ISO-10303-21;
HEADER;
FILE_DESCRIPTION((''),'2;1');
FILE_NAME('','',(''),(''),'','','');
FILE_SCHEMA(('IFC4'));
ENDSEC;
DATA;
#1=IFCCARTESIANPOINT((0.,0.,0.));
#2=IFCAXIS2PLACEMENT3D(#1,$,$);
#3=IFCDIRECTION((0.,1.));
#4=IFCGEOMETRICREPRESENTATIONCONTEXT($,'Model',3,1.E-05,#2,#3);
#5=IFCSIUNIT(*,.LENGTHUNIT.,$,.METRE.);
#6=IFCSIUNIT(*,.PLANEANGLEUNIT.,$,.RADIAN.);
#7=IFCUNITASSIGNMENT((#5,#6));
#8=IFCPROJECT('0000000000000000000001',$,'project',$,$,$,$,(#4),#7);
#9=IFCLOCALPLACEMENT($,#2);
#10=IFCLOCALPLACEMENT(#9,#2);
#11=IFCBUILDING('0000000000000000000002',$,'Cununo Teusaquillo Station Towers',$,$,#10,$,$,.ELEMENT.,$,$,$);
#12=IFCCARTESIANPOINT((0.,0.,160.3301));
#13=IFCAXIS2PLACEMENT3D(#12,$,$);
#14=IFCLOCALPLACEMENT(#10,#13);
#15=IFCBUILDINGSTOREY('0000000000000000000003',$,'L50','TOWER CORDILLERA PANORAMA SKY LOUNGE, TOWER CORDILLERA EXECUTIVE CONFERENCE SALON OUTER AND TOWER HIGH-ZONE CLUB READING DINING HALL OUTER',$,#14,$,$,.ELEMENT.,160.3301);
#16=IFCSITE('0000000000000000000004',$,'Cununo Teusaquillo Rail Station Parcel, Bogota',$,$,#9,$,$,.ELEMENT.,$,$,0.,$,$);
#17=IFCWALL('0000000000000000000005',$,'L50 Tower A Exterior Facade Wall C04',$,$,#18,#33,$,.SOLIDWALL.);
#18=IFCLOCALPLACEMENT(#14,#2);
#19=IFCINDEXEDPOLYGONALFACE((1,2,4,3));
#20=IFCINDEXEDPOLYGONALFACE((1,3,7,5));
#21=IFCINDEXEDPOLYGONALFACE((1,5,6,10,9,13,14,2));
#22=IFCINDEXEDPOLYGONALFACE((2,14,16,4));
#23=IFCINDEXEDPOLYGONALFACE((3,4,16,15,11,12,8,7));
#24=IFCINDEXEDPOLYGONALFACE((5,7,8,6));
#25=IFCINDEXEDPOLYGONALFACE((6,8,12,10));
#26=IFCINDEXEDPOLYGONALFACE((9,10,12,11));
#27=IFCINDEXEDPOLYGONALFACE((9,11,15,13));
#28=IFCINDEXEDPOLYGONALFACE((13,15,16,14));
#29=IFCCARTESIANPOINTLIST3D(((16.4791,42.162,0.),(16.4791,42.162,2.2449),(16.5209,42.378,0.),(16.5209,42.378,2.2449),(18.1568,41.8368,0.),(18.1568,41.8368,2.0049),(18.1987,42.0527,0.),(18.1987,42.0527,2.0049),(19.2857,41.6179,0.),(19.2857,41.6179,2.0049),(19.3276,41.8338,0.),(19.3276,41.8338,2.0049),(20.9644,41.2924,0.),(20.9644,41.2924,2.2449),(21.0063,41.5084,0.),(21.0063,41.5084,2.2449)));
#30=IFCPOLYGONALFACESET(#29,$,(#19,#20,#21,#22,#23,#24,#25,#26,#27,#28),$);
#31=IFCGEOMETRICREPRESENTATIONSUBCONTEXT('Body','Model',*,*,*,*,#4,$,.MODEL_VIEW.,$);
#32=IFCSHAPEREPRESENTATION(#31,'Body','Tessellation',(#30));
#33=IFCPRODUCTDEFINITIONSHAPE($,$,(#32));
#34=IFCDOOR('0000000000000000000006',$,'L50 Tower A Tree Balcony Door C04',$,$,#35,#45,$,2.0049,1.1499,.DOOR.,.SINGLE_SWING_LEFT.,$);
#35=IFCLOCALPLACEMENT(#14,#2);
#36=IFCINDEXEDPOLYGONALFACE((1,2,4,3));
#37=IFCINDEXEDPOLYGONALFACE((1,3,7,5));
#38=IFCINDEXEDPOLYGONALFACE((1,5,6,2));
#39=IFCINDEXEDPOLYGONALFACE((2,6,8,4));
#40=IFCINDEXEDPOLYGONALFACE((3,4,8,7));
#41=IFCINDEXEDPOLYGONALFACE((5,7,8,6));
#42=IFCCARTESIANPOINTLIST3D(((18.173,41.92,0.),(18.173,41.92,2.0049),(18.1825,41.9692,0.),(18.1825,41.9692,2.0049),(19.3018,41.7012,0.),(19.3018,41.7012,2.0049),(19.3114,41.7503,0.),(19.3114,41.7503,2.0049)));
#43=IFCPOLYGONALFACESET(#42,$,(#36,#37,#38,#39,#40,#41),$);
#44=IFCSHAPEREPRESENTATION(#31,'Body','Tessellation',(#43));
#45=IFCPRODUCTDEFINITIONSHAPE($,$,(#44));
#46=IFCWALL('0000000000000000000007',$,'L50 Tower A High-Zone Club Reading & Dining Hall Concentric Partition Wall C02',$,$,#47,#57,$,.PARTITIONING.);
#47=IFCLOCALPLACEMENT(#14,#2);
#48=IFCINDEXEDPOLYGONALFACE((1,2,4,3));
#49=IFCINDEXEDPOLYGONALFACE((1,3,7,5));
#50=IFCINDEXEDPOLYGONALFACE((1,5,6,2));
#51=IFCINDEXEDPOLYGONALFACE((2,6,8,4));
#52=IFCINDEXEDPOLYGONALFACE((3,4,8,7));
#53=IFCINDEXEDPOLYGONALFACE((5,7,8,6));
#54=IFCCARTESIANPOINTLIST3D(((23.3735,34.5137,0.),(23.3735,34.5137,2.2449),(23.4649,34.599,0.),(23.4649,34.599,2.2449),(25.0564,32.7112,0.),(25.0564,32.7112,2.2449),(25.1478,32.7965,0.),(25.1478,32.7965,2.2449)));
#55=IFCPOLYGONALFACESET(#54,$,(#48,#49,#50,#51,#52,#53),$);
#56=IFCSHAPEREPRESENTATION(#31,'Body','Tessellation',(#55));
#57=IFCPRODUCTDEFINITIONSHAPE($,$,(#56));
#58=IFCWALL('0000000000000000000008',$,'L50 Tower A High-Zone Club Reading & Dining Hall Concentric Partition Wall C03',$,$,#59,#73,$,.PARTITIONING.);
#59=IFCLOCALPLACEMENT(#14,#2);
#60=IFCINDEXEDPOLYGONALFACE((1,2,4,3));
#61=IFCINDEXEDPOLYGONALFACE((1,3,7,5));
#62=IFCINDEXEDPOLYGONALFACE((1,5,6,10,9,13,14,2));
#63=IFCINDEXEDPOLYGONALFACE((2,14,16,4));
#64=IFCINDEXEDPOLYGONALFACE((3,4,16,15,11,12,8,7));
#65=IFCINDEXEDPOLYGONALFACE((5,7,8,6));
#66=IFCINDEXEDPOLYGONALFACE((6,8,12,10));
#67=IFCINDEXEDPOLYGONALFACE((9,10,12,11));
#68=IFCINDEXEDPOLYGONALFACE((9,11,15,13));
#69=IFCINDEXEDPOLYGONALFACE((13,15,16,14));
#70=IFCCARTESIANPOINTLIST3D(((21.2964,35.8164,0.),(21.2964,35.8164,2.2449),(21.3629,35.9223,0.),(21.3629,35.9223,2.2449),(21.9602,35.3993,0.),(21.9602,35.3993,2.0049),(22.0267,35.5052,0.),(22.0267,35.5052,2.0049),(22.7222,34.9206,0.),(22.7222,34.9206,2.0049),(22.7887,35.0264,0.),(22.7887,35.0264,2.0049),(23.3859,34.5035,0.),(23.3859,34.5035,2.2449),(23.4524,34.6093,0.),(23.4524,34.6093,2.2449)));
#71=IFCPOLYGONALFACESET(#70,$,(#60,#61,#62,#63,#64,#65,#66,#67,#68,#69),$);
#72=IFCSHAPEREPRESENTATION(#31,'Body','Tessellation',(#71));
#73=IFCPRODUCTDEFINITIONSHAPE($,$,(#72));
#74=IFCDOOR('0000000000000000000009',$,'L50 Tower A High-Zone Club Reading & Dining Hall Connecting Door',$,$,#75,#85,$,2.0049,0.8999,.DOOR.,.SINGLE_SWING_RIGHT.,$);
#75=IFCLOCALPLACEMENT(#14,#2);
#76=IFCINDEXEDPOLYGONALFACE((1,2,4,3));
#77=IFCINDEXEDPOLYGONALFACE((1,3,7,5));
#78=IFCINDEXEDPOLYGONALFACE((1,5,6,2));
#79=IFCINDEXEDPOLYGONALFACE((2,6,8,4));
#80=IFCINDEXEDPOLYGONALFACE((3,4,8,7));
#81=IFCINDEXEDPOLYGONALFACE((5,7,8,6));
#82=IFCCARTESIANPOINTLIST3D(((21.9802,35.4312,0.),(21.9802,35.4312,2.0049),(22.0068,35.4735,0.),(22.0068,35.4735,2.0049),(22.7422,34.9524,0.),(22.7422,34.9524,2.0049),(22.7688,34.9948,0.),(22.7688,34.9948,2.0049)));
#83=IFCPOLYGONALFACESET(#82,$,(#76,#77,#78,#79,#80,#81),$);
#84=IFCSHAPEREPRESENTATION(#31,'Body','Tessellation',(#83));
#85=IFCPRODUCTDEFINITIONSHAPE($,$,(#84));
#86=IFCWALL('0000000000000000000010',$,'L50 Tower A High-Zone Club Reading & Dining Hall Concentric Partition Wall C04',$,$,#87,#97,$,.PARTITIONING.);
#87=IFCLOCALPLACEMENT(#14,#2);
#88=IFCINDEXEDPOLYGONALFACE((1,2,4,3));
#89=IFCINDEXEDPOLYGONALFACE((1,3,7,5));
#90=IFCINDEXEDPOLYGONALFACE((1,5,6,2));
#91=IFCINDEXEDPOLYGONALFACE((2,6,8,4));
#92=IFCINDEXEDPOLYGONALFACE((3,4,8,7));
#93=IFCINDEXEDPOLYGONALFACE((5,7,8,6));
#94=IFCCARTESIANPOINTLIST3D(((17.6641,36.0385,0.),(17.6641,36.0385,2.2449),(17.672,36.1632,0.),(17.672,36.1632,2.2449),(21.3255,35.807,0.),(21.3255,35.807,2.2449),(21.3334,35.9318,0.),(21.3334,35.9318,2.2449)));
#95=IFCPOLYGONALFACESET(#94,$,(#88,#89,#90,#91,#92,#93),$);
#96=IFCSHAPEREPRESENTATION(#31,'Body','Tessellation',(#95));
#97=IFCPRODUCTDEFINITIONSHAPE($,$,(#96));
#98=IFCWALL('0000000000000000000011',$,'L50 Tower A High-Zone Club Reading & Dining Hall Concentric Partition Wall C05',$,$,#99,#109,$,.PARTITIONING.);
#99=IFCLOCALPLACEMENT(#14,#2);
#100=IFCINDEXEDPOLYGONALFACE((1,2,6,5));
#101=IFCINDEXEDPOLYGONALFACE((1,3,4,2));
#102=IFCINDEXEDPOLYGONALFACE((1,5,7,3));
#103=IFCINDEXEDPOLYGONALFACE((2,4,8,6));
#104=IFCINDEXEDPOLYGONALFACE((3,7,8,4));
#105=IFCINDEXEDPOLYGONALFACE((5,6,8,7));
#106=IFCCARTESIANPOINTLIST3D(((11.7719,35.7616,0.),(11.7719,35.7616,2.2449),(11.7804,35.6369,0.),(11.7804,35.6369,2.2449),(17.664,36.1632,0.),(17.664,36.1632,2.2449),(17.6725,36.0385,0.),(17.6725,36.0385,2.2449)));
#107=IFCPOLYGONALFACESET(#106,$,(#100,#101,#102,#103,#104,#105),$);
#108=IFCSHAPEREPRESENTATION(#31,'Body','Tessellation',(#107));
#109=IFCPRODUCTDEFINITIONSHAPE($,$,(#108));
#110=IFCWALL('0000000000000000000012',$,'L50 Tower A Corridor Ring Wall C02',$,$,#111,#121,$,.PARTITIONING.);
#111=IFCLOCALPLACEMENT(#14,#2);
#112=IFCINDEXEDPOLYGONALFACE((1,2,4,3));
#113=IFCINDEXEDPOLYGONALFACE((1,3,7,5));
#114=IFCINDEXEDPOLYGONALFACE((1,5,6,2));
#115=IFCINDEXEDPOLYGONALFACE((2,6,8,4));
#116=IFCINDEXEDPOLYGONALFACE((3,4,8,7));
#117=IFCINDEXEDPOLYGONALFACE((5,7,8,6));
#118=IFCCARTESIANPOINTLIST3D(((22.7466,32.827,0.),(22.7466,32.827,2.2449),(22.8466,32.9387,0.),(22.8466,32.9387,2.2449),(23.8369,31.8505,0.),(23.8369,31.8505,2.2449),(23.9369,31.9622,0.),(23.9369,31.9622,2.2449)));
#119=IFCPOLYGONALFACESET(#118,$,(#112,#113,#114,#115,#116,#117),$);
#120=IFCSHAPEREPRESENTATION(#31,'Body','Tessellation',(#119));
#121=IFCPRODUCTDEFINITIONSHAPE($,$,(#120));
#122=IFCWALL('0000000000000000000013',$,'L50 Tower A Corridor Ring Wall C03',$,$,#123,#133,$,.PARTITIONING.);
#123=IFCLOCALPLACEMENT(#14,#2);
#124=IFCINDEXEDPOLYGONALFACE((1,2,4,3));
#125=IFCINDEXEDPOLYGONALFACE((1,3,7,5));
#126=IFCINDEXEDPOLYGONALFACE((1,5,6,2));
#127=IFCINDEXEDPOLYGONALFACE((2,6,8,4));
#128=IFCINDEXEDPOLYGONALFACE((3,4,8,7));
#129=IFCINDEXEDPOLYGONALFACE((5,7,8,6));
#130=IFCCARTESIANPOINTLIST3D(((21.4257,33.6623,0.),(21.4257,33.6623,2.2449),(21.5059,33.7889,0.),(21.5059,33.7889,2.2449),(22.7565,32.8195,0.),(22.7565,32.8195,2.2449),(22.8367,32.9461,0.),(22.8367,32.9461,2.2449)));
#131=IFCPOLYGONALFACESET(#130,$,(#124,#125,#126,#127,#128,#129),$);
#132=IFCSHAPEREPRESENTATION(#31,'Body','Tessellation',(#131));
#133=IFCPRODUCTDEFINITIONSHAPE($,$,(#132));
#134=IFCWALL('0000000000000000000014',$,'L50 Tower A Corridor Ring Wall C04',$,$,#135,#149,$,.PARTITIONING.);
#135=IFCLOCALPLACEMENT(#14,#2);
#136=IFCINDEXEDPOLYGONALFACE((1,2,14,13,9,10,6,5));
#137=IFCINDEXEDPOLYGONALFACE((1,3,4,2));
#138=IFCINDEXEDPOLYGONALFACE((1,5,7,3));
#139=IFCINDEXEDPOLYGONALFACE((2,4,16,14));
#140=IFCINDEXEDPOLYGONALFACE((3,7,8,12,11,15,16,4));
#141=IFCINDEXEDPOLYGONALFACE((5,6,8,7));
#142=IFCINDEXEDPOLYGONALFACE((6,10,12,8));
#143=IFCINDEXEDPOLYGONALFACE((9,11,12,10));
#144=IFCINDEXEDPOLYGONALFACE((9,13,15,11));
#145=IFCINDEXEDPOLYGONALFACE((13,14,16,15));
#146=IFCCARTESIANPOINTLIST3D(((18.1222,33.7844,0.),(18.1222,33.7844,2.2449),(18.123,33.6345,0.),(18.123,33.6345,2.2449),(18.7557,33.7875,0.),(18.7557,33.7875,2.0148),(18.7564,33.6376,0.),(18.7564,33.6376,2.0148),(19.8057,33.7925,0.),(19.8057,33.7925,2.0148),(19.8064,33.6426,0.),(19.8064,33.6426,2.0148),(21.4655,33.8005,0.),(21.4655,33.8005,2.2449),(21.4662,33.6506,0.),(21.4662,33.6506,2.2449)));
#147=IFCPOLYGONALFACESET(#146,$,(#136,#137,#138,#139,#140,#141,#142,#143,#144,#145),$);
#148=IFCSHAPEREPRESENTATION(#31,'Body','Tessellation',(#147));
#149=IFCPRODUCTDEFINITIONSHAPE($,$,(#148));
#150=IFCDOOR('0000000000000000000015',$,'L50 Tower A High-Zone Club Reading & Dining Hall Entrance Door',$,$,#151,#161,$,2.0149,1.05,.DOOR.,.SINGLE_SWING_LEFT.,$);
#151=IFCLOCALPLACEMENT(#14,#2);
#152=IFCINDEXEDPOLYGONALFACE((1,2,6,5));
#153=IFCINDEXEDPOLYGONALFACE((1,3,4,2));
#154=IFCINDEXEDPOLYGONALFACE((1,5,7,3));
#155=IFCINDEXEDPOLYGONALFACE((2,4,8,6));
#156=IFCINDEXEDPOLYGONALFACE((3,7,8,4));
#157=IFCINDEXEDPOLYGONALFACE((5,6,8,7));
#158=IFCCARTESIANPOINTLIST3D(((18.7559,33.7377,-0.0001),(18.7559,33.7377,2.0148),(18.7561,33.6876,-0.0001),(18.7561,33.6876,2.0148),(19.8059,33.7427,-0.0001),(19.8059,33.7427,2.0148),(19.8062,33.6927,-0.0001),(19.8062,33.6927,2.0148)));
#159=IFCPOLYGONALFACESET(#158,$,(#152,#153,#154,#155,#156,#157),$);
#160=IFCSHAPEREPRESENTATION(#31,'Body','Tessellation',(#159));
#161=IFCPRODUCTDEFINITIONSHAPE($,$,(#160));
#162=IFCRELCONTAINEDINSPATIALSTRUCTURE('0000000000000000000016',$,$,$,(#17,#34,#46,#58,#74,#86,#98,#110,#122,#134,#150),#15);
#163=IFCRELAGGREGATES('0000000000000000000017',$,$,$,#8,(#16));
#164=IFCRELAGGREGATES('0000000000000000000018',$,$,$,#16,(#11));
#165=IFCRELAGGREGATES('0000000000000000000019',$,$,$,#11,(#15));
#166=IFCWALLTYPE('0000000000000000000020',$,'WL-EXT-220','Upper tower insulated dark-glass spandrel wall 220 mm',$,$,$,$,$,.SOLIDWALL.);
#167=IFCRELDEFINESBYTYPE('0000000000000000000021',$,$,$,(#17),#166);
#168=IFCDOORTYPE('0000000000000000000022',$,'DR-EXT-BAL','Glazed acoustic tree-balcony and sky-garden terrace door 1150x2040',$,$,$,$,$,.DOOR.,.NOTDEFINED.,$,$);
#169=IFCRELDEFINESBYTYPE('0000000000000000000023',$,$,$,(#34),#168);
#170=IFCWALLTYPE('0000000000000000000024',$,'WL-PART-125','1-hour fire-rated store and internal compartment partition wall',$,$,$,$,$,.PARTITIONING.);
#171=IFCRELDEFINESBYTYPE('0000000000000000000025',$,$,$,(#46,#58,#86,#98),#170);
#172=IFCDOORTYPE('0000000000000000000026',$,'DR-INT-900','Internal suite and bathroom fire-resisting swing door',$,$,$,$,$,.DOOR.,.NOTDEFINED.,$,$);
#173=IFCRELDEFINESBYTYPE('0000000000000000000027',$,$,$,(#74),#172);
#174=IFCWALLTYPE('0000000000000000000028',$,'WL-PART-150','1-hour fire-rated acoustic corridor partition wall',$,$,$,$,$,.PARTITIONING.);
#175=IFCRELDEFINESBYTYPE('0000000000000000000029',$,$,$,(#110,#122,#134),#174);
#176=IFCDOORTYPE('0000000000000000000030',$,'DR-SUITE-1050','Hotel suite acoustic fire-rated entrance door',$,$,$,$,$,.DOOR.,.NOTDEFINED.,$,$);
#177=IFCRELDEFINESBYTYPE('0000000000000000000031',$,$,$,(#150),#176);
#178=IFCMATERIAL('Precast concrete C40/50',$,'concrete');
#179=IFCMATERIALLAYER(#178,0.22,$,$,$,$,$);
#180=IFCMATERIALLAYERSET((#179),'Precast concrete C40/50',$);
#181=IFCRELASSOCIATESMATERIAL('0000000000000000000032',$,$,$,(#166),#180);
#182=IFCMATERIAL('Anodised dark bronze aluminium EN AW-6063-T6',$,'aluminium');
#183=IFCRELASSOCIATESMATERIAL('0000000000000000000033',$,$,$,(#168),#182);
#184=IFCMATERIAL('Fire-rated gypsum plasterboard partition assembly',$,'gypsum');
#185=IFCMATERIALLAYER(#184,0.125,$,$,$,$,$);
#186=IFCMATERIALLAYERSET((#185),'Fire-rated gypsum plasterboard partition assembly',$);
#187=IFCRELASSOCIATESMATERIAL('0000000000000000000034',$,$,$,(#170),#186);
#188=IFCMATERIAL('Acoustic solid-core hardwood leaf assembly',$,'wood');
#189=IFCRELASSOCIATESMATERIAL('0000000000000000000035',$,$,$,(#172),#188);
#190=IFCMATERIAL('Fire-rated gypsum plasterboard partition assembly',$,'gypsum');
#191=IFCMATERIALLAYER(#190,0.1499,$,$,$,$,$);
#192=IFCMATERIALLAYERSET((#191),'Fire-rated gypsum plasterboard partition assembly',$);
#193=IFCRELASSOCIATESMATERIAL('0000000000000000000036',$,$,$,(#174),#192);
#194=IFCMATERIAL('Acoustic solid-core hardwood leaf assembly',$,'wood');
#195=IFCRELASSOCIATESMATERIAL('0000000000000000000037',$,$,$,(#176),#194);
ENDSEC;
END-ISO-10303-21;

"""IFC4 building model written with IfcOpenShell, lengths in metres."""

from ifc_helpers import new_model, si_unit, direction, frame, frame_2d, origin, place, context, subcontext, project, spatial, rectangle, extrude, source, transform, mapped, material, layer, layer_set, type_object, element, fill, save


model = new_model("IFC4")

# Units and contexts
model_context = context("Model", 3, precision=1e-05, world=origin(), true_north=direction((0.0, 1.0)))
body_context = subcontext(model_context, "Body", "Model", "MODEL_VIEW")
ifc_project = project(units=[si_unit("LENGTHUNIT", "METRE"), si_unit("PLANEANGLEUNIT", "RADIAN")], contexts=[model_context])

# Site, building, storey
site_placement = place(None, origin())
site = spatial("IfcSite", under=ifc_project, at=site_placement, Name="Cununo Teusaquillo Rail Station Parcel, Bogota", CompositionType="ELEMENT", RefElevation=0.0)
building_placement = place(site_placement, origin())
building = spatial("IfcBuilding", under=site, at=building_placement, Name="Cununo Teusaquillo Station Towers", CompositionType="ELEMENT")
storey_placement = place(building_placement, frame((0.0, 0.0, 160.3301)))
storey = spatial("IfcBuildingStorey", under=building, at=storey_placement, Name="L50", Description="TOWER CORDILLERA PANORAMA SKY LOUNGE, TOWER CORDILLERA EXECUTIVE CONFERENCE SALON OUTER AND TOWER HIGH-ZONE CLUB READING DINING HALL OUTER", CompositionType="ELEMENT", Elevation=160.3301)

# Shared definitions
ifc_material_1 = material(Name="Precast concrete C40/50", Category="concrete")
ifc_layer_1 = layer(ifc_material_1, 0.22)
ifc_layer_set_1 = layer_set([ifc_layer_1], Name="Precast concrete C40/50")
wall_type_1 = type_object("IfcWallType", Name="WL-EXT-220", Description="Upper tower insulated dark-glass spandrel wall 220 mm", PredefinedType="SOLIDWALL", material=ifc_layer_set_1)

# Wall, opening, door
wall_1_placement = place(storey_placement, frame((16.5, 42.27, 0.0), z_axis=(0.0, 0.0, 1.0), x_axis=(0.981719, -0.190338, 0.0)))
wall_1 = element("IfcWall", 1, at=wall_1_placement, inside=storey, type_object=wall_type_1, Name="L50 Tower A Exterior Facade Wall C04", PredefinedType="SOLIDWALL", context=body_context, shape_type="SweptSolid", body=[
    extrude(rectangle(XDim=4.5688, YDim=0.22, at=frame_2d((2.2844, 0.0))), origin(), (0.0, 0.0, 1.0), 2.2449),
])
shared_shape_1 = source(origin(), body_context, "Body", "SweptSolid", [
    extrude(rectangle(XDim=1.1499, YDim=2.0049, at=frame_2d((0.575, 1.0024))), frame((0.0, 0.1199, 0.0), z_axis=(0.0, -1.0, 0.0), x_axis=(1.0, 0.0, 0.0)), (0.0, 0.0, 1.0), 0.24),
])
opening_1_placement = place(wall_1_placement, frame((1.709, 0.0, 0.0)))
opening_1 = element("IfcOpeningElement", 2, at=opening_1_placement, cuts=wall_1, PredefinedType="OPENING", context=body_context, shape_type="MappedRepresentation", body=[
    mapped(shared_shape_1, transform((0.0, 0.0, 0.0), x_axis=(1.0, 0.0, 0.0), y_axis=(0.0, 1.0, 0.0), z_axis=(0.0, 0.0, 1.0), scale=1.0)),
])
ifc_material_2 = material(Name="Anodised dark bronze aluminium EN AW-6063-T6", Category="aluminium")
door_type_1 = type_object("IfcDoorType", Name="DR-EXT-BAL", Description="Glazed acoustic tree-balcony and sky-garden terrace door 1150x2040", OperationType="NOTDEFINED", PredefinedType="DOOR", material=ifc_material_2)
shared_shape_2 = source(origin(), body_context, "Body", "SweptSolid", [
    extrude(rectangle(XDim=1.1499, YDim=2.0049, at=frame_2d((0.575, 1.0024))), frame((0.0, 0.0249, 0.0), z_axis=(0.0, -1.0, 0.0), x_axis=(1.0, 0.0, 0.0)), (0.0, 0.0, 1.0), 0.05),
])
door_1_placement = place(opening_1_placement, origin())
door_1 = element("IfcDoor", 3, at=door_1_placement, inside=storey, type_object=door_type_1, Name="L50 Tower A Tree Balcony Door C04", OperationType="SINGLE_SWING_LEFT", OverallHeight=2.0049, OverallWidth=1.1499, PredefinedType="DOOR", context=body_context, shape_type="MappedRepresentation", body=[
    mapped(shared_shape_2, transform((0.0, 0.0, 0.0), x_axis=(1.0, 0.0, 0.0), y_axis=(0.0, 1.0, 0.0), z_axis=(0.0, 0.0, 1.0), scale=1.0)),
])
fill(opening_1, door_1)

# Wall
ifc_material_3 = material(Name="Fire-rated gypsum plasterboard partition assembly", Category="gypsum")
ifc_layer_2 = layer(ifc_material_3, 0.125)
ifc_layer_set_2 = layer_set([ifc_layer_2], Name="Fire-rated gypsum plasterboard partition assembly")
wall_type_2 = type_object("IfcWallType", Name="WL-PART-125", Description="1-hour fire-rated store and internal compartment partition wall", PredefinedType="PARTITIONING", material=ifc_layer_set_2)
wall_2_placement = place(storey_placement, frame((25.1021, 32.7539, 0.0), z_axis=(0.0, 0.0, 1.0), x_axis=(-0.682435, 0.730947, 0.0)))
element("IfcWall", 4, at=wall_2_placement, inside=storey, type_object=wall_type_2, Name="L50 Tower A High-Zone Club Reading & Dining Hall Concentric Partition Wall C02", PredefinedType="PARTITIONING", context=body_context, shape_type="SweptSolid", body=[
    extrude(rectangle(XDim=2.4661, YDim=0.125, at=frame_2d((1.2329, 0.0))), origin(), (0.0, 0.0, 1.0), 2.2449),
])

# Wall, opening, door
wall_3_placement = place(storey_placement, frame((23.4192, 34.5564, 0.0), z_axis=(0.0, 0.0, 1.0), x_axis=(-0.846723, 0.532034, 0.0)))
wall_3 = element("IfcWall", 5, at=wall_3_placement, inside=storey, type_object=wall_type_2, Name="L50 Tower A High-Zone Club Reading & Dining Hall Concentric Partition Wall C03", PredefinedType="PARTITIONING", context=body_context, shape_type="SweptSolid", body=[
    extrude(rectangle(XDim=2.4678, YDim=0.125, at=frame_2d((1.2339, 0.0))), origin(), (0.0, 0.0, 1.0), 2.2449),
])
shared_shape_3 = source(origin(), body_context, "Body", "SweptSolid", [
    extrude(rectangle(XDim=0.8999, YDim=2.0049, at=frame_2d((0.45, 1.0024))), frame((0.0, 0.0725, 0.0), z_axis=(0.0, -1.0, 0.0), x_axis=(1.0, 0.0, 0.0)), (0.0, 0.0, 1.0), 0.145),
])
opening_2_placement = place(wall_3_placement, frame((0.7839, 0.0, 0.0)))
opening_2 = element("IfcOpeningElement", 6, at=opening_2_placement, cuts=wall_3, PredefinedType="OPENING", context=body_context, shape_type="MappedRepresentation", body=[
    mapped(shared_shape_3, transform((0.0, 0.0, 0.0), x_axis=(1.0, 0.0, 0.0), y_axis=(0.0, 1.0, 0.0), z_axis=(0.0, 0.0, 1.0), scale=1.0)),
])
ifc_material_4 = material(Name="Acoustic solid-core hardwood leaf assembly", Category="wood")
door_type_2 = type_object("IfcDoorType", Name="DR-INT-900", Description="Internal suite and bathroom fire-resisting swing door", OperationType="NOTDEFINED", PredefinedType="DOOR", material=ifc_material_4)
shared_shape_4 = source(origin(), body_context, "Body", "SweptSolid", [
    extrude(rectangle(XDim=0.8999, YDim=2.0049, at=frame_2d((0.45, 1.0024))), frame((0.0, 0.0249, 0.0), z_axis=(0.0, -1.0, 0.0), x_axis=(1.0, 0.0, 0.0)), (0.0, 0.0, 1.0), 0.05),
])
door_2_placement = place(opening_2_placement, origin())
door_2 = element("IfcDoor", 7, at=door_2_placement, inside=storey, type_object=door_type_2, Name="L50 Tower A High-Zone Club Reading & Dining Hall Connecting Door", OperationType="SINGLE_SWING_RIGHT", OverallHeight=2.0049, OverallWidth=0.8999, PredefinedType="DOOR", context=body_context, shape_type="MappedRepresentation", body=[
    mapped(shared_shape_4, transform((0.0, 0.0, 0.0), x_axis=(1.0, 0.0, 0.0), y_axis=(0.0, 1.0, 0.0), z_axis=(0.0, 0.0, 1.0), scale=1.0)),
])
fill(opening_2, door_2)

# Walls
wall_4_placement = place(storey_placement, frame((21.3296, 35.8694, 0.0), z_axis=(0.0, 0.0, 1.0), x_axis=(-0.998008, 0.063087, 0.0)))
element("IfcWall", 8, at=wall_4_placement, inside=storey, type_object=wall_type_2, Name="L50 Tower A High-Zone Club Reading & Dining Hall Concentric Partition Wall C04", PredefinedType="PARTITIONING", context=body_context, shape_type="SweptSolid", body=[
    extrude(rectangle(XDim=3.6687, YDim=0.125, at=frame_2d((1.8345, 0.0))), origin(), (0.0, 0.0, 1.0), 2.2449),
])
wall_5_placement = place(storey_placement, frame((17.6682, 36.1008, 0.0), z_axis=(0.0, 0.0, 1.0), x_axis=(-0.997685, -0.068003, 0.0)))
element("IfcWall", 9, at=wall_5_placement, inside=storey, type_object=wall_type_2, Name="L50 Tower A High-Zone Club Reading & Dining Hall Concentric Partition Wall C05", PredefinedType="PARTITIONING", context=body_context, shape_type="SweptSolid", body=[
    extrude(rectangle(XDim=5.9058, YDim=0.125, at=frame_2d((2.9529, 0.0))), origin(), (0.0, 0.0, 1.0), 2.2449),
])
ifc_material_5 = material(Name="Fire-rated gypsum plasterboard partition assembly", Category="gypsum")
ifc_layer_3 = layer(ifc_material_5, 0.1499)
ifc_layer_set_3 = layer_set([ifc_layer_3], Name="Fire-rated gypsum plasterboard partition assembly")
wall_type_3 = type_object("IfcWallType", Name="WL-PART-150", Description="1-hour fire-rated acoustic corridor partition wall", PredefinedType="PARTITIONING", material=ifc_layer_set_3)
wall_6_placement = place(storey_placement, frame((23.887, 31.9062, 0.0), z_axis=(0.0, 0.0, 1.0), x_axis=(-0.744901, 0.667175, 0.0)))
element("IfcWall", 10, at=wall_6_placement, inside=storey, type_object=wall_type_3, Name="L50 Tower A Corridor Ring Wall C02", PredefinedType="PARTITIONING", context=body_context, shape_type="SweptSolid", body=[
    extrude(rectangle(XDim=1.4636, YDim=0.1499, at=frame_2d((0.7319, 0.0))), origin(), (0.0, 0.0, 1.0), 2.2449),
])
wall_7_placement = place(storey_placement, frame((22.7966, 32.8828, 0.0), z_axis=(0.0, 0.0, 1.0), x_axis=(-0.84484, 0.535019, 0.0)))
element("IfcWall", 11, at=wall_7_placement, inside=storey, type_object=wall_type_3, Name="L50 Tower A Corridor Ring Wall C03", PredefinedType="PARTITIONING", context=body_context, shape_type="SweptSolid", body=[
    extrude(rectangle(XDim=1.5752, YDim=0.1499, at=frame_2d((0.7876, 0.0))), origin(), (0.0, 0.0, 1.0), 2.2449),
])

# Wall, opening, door
wall_8_placement = place(storey_placement, frame((21.4658, 33.7256, 0.0), z_axis=(0.0, 0.0, 1.0), x_axis=(-0.999988, -0.00482, 0.0)))
wall_8 = element("IfcWall", 12, at=wall_8_placement, inside=storey, type_object=wall_type_3, Name="L50 Tower A Corridor Ring Wall C04", PredefinedType="PARTITIONING", context=body_context, shape_type="SweptSolid", body=[
    extrude(rectangle(XDim=3.3433, YDim=0.1499, at=frame_2d((1.6716, 0.0))), origin(), (0.0, 0.0, 1.0), 2.2449),
])
shared_shape_5 = source(origin(), body_context, "Body", "SweptSolid", [
    extrude(rectangle(XDim=1.05, YDim=2.0149, at=frame_2d((0.5249, 1.0073))), frame((0.0, 0.085, 0.0), z_axis=(0.0, -1.0, 0.0), x_axis=(1.0, 0.0, 0.0)), (0.0, 0.0, 1.0), 0.1699),
])
opening_3_placement = place(wall_8_placement, frame((1.6599, 0.0, 0.0)))
opening_3 = element("IfcOpeningElement", 13, at=opening_3_placement, cuts=wall_8, PredefinedType="OPENING", context=body_context, shape_type="MappedRepresentation", body=[
    mapped(shared_shape_5, transform((0.0, 0.0, 0.0), x_axis=(1.0, 0.0, 0.0), y_axis=(0.0, 1.0, 0.0), z_axis=(0.0, 0.0, 1.0), scale=1.0)),
])
ifc_material_6 = material(Name="Acoustic solid-core hardwood leaf assembly", Category="wood")
door_type_3 = type_object("IfcDoorType", Name="DR-SUITE-1050", Description="Hotel suite acoustic fire-rated entrance door", OperationType="NOTDEFINED", PredefinedType="DOOR", material=ifc_material_6)
shared_shape_6 = source(origin(), body_context, "Body", "SweptSolid", [
    extrude(rectangle(XDim=1.05, YDim=2.0149, at=frame_2d((0.5249, 1.0073))), frame((0.0, 0.0249, 0.0), z_axis=(0.0, -1.0, 0.0), x_axis=(1.0, 0.0, 0.0)), (0.0, 0.0, 1.0), 0.05),
])
door_3_placement = place(opening_3_placement, origin())
door_3 = element("IfcDoor", 14, at=door_3_placement, inside=storey, type_object=door_type_3, Name="L50 Tower A High-Zone Club Reading & Dining Hall Entrance Door", OperationType="SINGLE_SWING_LEFT", OverallHeight=2.0149, OverallWidth=1.05, PredefinedType="DOOR", context=body_context, shape_type="MappedRepresentation", body=[
    mapped(shared_shape_6, transform((0.0, 0.0, 0.0), x_axis=(1.0, 0.0, 0.0), y_axis=(0.0, 1.0, 0.0), z_axis=(0.0, 0.0, 1.0), scale=1.0)),
])
fill(opening_3, door_3)

save(model, "model.ifc")
